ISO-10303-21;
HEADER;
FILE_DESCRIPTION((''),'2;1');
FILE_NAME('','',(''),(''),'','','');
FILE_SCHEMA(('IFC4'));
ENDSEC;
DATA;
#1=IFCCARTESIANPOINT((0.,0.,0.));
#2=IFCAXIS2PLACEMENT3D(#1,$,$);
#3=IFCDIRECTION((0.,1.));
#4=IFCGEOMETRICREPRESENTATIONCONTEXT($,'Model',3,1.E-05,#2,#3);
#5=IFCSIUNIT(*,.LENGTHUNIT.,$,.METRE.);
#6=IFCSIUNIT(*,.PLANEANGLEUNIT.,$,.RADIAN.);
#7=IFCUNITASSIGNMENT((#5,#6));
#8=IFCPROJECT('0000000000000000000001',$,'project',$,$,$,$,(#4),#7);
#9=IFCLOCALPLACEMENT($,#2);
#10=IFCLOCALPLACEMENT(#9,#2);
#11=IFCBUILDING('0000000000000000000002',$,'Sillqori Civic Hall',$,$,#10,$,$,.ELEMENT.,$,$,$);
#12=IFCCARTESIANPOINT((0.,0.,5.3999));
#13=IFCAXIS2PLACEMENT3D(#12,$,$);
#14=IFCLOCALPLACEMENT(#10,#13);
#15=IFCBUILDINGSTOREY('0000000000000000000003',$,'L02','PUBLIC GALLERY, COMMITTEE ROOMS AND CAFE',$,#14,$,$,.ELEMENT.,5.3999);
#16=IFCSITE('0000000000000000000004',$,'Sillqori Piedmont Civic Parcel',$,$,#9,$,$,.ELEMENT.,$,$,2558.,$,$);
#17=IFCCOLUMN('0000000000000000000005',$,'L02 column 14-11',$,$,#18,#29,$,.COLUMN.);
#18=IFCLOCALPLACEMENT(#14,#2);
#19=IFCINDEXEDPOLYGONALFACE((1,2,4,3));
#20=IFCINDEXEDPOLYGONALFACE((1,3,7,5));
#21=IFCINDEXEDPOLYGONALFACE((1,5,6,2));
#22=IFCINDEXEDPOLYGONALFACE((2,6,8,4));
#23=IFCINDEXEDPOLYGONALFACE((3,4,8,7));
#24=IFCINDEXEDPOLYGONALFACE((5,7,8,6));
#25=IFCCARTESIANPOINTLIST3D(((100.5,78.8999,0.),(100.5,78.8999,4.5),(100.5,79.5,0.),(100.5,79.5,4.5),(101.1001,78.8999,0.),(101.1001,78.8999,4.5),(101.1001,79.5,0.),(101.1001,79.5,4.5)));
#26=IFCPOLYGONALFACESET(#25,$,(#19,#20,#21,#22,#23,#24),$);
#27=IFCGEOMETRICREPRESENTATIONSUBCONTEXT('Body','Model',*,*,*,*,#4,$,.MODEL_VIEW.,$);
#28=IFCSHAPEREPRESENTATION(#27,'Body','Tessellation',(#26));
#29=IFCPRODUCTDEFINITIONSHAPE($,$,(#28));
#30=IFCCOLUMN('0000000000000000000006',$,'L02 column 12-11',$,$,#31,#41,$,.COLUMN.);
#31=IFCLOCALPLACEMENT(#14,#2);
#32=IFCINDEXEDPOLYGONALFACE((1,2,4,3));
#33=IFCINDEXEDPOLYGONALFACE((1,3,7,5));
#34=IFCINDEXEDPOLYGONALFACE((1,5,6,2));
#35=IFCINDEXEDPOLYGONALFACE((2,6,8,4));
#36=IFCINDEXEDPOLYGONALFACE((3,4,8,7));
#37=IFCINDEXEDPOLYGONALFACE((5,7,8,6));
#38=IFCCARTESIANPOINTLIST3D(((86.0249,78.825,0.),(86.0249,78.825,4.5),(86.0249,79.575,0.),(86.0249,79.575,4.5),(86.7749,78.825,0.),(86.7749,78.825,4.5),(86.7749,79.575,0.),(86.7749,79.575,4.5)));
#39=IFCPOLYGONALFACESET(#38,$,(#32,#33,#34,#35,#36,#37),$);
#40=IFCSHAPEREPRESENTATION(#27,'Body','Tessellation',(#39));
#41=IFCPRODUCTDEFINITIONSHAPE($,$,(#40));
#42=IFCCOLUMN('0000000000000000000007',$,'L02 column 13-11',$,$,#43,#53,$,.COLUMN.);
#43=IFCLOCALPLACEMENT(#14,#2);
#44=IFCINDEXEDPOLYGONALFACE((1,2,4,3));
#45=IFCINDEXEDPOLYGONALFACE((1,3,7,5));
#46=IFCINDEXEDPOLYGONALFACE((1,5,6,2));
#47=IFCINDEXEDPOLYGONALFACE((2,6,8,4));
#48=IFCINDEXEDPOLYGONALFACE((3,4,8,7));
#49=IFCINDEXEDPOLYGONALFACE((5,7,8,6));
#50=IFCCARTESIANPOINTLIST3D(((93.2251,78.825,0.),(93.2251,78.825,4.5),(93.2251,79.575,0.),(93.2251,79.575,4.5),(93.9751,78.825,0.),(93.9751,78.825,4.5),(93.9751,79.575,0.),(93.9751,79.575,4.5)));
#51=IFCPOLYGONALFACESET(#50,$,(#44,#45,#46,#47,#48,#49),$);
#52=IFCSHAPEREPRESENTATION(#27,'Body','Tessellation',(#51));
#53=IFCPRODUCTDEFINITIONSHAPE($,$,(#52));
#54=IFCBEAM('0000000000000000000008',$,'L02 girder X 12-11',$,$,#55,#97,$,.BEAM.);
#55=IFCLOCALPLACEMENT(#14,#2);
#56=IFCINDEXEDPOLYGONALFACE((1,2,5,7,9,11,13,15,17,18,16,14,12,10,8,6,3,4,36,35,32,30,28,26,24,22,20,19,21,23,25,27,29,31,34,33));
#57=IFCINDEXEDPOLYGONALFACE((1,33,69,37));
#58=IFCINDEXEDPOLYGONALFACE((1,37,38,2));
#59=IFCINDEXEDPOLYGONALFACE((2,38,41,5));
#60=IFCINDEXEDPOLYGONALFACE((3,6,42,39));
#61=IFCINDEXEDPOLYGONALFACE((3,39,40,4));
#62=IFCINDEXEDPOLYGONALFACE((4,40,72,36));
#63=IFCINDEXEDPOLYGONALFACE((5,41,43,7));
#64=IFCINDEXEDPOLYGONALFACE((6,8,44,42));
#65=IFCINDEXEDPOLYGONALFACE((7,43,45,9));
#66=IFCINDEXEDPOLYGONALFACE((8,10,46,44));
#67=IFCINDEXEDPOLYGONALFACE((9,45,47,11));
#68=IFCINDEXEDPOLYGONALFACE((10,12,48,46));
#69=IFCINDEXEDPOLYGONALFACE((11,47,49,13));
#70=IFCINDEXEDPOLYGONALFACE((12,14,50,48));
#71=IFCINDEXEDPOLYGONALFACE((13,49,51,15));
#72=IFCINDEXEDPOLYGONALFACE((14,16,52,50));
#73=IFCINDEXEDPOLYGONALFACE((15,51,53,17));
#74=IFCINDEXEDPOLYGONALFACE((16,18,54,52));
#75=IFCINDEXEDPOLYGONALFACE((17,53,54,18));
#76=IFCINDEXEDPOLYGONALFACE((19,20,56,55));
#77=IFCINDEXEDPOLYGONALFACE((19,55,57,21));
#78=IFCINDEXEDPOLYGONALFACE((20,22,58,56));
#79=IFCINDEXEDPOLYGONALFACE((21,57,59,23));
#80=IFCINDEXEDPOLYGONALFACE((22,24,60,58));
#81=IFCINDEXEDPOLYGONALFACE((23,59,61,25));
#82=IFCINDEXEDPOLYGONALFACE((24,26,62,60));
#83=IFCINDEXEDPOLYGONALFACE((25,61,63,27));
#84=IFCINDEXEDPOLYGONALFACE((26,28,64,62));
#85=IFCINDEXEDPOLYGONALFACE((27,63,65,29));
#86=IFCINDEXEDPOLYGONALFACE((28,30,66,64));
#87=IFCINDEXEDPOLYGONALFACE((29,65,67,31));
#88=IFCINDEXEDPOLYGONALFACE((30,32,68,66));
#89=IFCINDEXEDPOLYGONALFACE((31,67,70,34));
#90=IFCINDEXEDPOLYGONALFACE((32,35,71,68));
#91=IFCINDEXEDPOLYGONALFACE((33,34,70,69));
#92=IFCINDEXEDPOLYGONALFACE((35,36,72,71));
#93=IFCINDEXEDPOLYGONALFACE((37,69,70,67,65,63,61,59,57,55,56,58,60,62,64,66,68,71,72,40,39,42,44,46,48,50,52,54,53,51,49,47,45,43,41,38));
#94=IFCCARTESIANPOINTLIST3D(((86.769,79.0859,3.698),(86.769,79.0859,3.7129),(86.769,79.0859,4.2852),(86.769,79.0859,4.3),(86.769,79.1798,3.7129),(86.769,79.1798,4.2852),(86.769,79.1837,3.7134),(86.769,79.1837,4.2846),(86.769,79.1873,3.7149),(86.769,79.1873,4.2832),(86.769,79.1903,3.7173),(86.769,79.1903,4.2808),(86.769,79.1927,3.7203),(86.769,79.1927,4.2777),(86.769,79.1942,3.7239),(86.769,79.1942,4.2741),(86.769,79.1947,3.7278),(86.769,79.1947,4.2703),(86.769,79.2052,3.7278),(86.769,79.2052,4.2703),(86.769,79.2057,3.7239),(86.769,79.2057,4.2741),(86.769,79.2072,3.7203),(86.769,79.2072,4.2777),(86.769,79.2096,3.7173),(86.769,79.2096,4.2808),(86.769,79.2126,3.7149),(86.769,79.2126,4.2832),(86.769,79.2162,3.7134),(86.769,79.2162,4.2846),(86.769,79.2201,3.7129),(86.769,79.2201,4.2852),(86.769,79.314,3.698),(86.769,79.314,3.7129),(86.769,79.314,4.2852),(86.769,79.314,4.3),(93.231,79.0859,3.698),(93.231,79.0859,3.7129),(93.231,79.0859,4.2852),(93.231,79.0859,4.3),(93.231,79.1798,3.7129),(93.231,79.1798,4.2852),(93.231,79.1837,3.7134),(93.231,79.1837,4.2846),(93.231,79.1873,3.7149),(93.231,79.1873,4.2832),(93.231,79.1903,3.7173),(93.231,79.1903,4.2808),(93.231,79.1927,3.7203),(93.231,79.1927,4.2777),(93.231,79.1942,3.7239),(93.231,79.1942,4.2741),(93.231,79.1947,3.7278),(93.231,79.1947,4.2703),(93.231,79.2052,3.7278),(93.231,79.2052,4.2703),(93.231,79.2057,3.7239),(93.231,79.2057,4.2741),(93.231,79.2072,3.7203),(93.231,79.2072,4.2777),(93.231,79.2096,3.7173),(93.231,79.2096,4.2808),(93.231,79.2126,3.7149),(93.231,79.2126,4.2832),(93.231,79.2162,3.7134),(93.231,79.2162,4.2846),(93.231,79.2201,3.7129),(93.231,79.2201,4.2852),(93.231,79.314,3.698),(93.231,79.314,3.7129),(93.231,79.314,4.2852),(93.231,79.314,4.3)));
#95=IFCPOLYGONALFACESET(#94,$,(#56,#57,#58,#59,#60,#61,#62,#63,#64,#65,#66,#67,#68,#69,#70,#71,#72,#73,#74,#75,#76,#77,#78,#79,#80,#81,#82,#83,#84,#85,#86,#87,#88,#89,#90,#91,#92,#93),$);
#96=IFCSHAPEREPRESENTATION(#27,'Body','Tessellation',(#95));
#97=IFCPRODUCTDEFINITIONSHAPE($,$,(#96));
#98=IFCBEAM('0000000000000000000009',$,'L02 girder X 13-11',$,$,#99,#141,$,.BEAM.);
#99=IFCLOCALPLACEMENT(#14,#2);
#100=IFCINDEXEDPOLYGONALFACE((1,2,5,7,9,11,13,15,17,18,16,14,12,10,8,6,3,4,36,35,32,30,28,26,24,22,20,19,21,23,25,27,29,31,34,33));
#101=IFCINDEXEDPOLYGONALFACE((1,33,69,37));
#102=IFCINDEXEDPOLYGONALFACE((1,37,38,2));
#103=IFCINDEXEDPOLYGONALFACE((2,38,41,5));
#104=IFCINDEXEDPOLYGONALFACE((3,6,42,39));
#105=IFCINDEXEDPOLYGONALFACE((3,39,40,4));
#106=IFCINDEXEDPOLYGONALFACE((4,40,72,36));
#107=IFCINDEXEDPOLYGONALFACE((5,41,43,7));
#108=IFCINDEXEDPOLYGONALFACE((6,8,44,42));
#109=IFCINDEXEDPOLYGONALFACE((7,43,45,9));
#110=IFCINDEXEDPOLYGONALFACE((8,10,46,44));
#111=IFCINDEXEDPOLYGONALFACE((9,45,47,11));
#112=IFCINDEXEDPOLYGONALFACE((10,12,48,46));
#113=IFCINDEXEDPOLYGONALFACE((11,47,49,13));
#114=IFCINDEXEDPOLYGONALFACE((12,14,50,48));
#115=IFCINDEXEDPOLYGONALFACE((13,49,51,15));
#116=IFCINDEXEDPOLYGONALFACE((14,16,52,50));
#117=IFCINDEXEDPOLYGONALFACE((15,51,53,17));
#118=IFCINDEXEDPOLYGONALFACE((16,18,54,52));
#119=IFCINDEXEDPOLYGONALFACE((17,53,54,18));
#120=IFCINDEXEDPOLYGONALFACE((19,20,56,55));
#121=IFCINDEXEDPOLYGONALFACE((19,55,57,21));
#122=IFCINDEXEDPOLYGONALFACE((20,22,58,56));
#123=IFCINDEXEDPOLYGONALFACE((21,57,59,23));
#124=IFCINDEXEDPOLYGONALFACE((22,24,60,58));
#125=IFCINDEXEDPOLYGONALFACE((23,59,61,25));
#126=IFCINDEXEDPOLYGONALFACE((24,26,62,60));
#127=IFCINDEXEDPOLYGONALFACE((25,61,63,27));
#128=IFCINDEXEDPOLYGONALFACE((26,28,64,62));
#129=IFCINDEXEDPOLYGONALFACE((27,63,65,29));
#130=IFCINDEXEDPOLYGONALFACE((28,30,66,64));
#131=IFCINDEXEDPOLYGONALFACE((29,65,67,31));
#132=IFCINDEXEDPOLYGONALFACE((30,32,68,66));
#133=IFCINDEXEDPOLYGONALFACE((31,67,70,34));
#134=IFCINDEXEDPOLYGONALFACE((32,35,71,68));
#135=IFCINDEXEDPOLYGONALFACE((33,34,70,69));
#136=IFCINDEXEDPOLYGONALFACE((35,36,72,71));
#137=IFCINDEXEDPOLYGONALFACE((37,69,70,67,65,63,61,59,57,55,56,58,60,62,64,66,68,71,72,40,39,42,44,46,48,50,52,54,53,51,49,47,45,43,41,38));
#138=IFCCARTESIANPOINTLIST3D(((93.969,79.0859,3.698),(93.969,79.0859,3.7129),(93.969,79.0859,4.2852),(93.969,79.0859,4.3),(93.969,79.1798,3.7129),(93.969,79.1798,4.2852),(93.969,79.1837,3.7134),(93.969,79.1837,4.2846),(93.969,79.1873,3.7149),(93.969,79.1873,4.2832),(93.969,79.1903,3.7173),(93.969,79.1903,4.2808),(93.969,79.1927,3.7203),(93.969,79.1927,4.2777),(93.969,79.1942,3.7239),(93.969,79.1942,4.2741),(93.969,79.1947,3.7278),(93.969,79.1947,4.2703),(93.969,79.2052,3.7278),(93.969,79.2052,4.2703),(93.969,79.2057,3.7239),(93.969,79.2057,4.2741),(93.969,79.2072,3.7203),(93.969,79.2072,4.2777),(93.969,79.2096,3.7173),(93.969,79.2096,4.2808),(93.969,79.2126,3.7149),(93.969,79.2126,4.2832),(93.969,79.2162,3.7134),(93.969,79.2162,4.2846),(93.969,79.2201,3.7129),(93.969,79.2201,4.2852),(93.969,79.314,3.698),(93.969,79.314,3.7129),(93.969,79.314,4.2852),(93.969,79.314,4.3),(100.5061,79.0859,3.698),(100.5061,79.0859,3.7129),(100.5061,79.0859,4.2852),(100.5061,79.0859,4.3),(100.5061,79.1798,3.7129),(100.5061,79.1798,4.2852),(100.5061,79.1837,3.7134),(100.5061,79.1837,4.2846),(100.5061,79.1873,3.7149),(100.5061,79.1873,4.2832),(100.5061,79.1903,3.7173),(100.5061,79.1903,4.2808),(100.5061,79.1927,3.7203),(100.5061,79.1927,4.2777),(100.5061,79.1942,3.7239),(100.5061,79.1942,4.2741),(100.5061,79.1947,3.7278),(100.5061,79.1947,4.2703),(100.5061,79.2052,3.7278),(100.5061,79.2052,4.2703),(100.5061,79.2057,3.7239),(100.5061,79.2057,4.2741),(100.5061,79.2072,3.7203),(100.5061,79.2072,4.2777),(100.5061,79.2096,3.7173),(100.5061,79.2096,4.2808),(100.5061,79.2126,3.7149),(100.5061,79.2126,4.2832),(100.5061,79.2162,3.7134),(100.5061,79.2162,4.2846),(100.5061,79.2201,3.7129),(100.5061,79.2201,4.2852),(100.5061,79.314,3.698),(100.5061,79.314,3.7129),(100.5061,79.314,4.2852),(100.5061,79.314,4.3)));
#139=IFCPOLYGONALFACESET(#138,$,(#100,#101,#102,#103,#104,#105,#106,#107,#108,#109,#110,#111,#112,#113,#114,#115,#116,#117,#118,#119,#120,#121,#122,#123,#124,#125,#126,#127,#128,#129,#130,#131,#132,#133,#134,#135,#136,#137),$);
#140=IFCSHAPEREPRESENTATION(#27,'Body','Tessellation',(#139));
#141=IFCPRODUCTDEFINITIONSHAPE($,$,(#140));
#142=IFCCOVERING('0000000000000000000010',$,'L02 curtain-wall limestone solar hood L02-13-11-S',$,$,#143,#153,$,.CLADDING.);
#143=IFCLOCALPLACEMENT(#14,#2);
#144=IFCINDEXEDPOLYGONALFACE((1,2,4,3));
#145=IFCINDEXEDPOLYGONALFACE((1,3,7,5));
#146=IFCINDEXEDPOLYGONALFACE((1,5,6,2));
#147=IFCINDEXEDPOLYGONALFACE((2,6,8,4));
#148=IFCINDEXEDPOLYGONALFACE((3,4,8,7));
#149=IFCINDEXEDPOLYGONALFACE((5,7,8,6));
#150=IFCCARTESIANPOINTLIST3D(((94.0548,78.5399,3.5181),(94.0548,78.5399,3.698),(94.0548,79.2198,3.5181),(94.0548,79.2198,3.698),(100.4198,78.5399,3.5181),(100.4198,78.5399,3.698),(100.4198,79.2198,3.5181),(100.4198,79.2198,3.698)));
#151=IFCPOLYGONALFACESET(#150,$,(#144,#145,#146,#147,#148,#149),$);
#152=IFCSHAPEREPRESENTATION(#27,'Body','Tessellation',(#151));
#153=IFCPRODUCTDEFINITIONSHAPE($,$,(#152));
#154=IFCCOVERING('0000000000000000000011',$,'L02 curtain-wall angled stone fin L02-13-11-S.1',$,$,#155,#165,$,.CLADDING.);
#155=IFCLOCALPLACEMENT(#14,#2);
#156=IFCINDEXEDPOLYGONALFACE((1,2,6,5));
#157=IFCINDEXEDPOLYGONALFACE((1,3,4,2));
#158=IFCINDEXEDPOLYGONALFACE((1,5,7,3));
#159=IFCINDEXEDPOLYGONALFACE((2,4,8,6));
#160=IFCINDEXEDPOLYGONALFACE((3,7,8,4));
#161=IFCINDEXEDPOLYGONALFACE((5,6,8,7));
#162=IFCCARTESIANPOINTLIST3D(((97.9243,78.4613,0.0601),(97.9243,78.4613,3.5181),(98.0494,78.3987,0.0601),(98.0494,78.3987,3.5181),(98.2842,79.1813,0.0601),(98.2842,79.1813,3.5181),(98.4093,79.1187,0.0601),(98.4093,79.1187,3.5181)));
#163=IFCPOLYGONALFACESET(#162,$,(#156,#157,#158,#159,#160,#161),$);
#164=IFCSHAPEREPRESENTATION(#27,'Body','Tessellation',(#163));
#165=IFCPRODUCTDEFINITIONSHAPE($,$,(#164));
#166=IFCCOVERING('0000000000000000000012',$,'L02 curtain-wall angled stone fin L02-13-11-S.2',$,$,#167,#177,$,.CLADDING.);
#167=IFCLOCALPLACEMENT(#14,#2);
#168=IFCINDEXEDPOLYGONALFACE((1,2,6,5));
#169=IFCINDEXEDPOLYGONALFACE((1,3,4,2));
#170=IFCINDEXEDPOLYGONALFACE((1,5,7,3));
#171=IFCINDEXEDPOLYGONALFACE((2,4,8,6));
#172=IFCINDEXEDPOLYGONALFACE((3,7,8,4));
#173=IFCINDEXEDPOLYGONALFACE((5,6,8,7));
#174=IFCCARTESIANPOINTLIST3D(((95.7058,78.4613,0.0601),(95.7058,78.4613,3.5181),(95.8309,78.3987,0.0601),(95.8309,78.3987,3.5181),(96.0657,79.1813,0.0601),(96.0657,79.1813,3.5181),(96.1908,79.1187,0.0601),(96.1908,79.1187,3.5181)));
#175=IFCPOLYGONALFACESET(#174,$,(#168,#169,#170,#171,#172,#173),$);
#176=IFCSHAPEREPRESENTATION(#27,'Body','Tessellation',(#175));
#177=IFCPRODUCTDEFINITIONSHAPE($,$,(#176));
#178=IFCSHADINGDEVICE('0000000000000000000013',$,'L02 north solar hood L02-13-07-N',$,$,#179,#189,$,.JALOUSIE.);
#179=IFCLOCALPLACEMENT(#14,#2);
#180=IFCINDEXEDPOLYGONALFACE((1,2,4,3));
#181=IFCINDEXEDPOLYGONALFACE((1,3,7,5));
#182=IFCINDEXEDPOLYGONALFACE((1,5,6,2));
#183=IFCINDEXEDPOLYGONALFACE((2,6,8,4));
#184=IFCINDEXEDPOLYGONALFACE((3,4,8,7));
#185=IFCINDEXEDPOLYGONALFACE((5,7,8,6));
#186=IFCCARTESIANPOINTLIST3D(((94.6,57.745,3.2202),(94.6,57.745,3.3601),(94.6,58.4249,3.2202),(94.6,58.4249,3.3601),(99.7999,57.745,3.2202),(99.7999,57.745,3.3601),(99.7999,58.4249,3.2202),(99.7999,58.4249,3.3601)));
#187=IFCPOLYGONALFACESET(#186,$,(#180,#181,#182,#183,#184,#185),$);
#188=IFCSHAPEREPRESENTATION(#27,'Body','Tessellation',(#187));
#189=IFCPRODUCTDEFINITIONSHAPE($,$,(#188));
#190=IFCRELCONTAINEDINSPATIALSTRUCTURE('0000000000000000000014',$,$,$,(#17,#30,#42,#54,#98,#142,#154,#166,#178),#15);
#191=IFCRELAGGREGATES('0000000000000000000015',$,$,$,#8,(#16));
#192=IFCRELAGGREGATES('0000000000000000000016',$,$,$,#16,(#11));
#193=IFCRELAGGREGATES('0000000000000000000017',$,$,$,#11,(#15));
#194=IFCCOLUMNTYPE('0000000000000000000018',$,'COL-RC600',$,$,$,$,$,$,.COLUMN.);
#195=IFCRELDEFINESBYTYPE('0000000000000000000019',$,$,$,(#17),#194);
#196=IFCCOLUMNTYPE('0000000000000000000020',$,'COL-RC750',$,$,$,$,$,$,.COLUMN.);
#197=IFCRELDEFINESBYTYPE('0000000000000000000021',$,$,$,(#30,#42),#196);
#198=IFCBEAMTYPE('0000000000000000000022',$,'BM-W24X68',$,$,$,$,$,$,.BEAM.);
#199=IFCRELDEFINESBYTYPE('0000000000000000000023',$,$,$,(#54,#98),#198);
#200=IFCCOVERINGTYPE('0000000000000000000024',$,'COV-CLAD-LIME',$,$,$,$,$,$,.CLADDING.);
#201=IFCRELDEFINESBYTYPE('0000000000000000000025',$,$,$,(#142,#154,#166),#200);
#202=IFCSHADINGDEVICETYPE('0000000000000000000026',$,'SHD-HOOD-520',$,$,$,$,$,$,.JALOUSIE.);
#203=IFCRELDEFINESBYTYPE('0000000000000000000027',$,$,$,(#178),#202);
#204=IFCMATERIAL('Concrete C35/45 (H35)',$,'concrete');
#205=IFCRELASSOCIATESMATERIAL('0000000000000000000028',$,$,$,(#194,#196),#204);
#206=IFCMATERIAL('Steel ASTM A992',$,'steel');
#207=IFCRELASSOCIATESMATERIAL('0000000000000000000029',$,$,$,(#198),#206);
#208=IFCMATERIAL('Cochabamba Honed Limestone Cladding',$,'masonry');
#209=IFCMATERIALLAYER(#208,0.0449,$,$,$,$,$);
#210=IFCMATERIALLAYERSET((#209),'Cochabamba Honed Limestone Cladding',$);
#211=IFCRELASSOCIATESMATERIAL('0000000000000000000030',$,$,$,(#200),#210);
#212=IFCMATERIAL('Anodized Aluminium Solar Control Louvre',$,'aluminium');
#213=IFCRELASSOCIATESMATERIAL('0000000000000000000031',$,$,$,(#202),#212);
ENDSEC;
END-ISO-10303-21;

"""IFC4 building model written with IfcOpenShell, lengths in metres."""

from ifc_helpers import new_model, si_unit, direction, frame, frame_2d, origin, origin_2d, place, context, subcontext, project, spatial, rectangle, i_section, extrude, material, layer, layer_set, material_profile, profile_set, type_object, element, save


model = new_model("IFC4")

# Units and contexts
model_context = context("Model", 3, precision=1e-05, world=origin(), true_north=direction((0.0, 1.0)))
body_context = subcontext(model_context, "Body", "Model", "MODEL_VIEW")
ifc_project = project(units=[si_unit("LENGTHUNIT", "METRE"), si_unit("PLANEANGLEUNIT", "RADIAN")], contexts=[model_context])

# Site, building, storey
site_placement = place(None, origin())
site = spatial("IfcSite", under=ifc_project, at=site_placement, Name="Sillqori Piedmont Civic Parcel", CompositionType="ELEMENT", RefElevation=2558.0)
building_placement = place(site_placement, origin())
building = spatial("IfcBuilding", under=site, at=building_placement, Name="Sillqori Civic Hall", CompositionType="ELEMENT")
storey_placement = place(building_placement, frame((0.0, 0.0, 5.3999)))
storey = spatial("IfcBuildingStorey", under=building, at=storey_placement, Name="L02", Description="PUBLIC GALLERY, COMMITTEE ROOMS AND CAFE", CompositionType="ELEMENT", Elevation=5.3999)

# Columns
ifc_material_1 = material(Name="Concrete C35/45 (H35)", Category="concrete")
ifc_material_profile_1 = material_profile(ifc_material_1, rectangle(XDim=0.6001, YDim=0.6001, at=origin_2d()), Name="RC 600x600")
ifc_profile_set_1 = profile_set([ifc_material_profile_1], Name="Concrete C35/45 (H35)")
column_type_1 = type_object("IfcColumnType", Name="COL-RC600", PredefinedType="COLUMN", material=ifc_profile_set_1)
column_placement = place(storey_placement, frame((100.8, 79.2, 0.0), z_axis=(0.0, 0.0, 1.0), x_axis=(1.0, 0.0, 0.0)))
element("IfcColumn", 1, at=column_placement, inside=storey, type_object=column_type_1, Name="L02 column 14-11", PredefinedType="COLUMN", context=body_context, shape_type="SweptSolid", body=[
    extrude(rectangle(XDim=0.6001, YDim=0.6001, at=origin_2d()), origin(), (0.0, 0.0, 1.0), 4.5),
])
ifc_material_profile_2 = material_profile(ifc_material_1, rectangle(XDim=0.75, YDim=0.75, at=origin_2d()), Name="RC 750x750")
ifc_profile_set_2 = profile_set([ifc_material_profile_2], Name="Concrete C35/45 (H35)")
column_type_2 = type_object("IfcColumnType", Name="COL-RC750", PredefinedType="COLUMN", material=ifc_profile_set_2)
for number, where, z_axis, x_axis, name in (
    (2, (86.3999, 79.2, 0.0), (0.0, 0.0, 1.0), (1.0, 0.0, 0.0), "L02 column 12-11"),
    (3, (93.6001, 79.2, 0.0), (0.0, 0.0, 1.0), (1.0, 0.0, 0.0), "L02 column 13-11"),
):
    element("IfcColumn", number, at=place(storey_placement, frame(where, z_axis=z_axis, x_axis=x_axis)), inside=storey, type_object=column_type_2, Name=name, PredefinedType="COLUMN", context=body_context, shape_type="SweptSolid", body=[
        extrude(rectangle(XDim=0.75, YDim=0.75, at=origin_2d()), origin(), (0.0, 0.0, 1.0), 4.5),
    ])

# Beams
ifc_material_2 = material(Name="Steel ASTM A992", Category="steel")
ifc_material_profile_3 = material_profile(ifc_material_2, i_section(OverallWidth=0.228, OverallDepth=0.6021, WebThickness=0.0105, FlangeThickness=0.0149, FilletRadius=0.0149, at=origin_2d()), Name="W24X68")
ifc_profile_set_3 = profile_set([ifc_material_profile_3], Name="Steel ASTM A992")
beam_type = type_object("IfcBeamType", Name="BM-W24X68", PredefinedType="BEAM", material=ifc_profile_set_3)
beam_1_placement = place(storey_placement, frame((86.769, 79.2, 3.999), z_axis=(1.0, 0.0, 0.0), x_axis=(0.0, 1.0, 0.0)))
element("IfcBeam", 4, at=beam_1_placement, inside=storey, type_object=beam_type, Name="L02 girder X 12-11", PredefinedType="BEAM", context=body_context, shape_type="SweptSolid", body=[
    extrude(i_section(OverallWidth=0.228, OverallDepth=0.6021, WebThickness=0.0105, FlangeThickness=0.0149, FilletRadius=0.0149, at=origin_2d()), origin(), (0.0, 0.0, 1.0), 6.4619),
])
beam_2_placement = place(storey_placement, frame((93.969, 79.2, 3.999), z_axis=(1.0, 0.0, 0.0), x_axis=(0.0, 1.0, 0.0)))
element("IfcBeam", 5, at=beam_2_placement, inside=storey, type_object=beam_type, Name="L02 girder X 13-11", PredefinedType="BEAM", context=body_context, shape_type="SweptSolid", body=[
    extrude(i_section(OverallWidth=0.228, OverallDepth=0.6021, WebThickness=0.0105, FlangeThickness=0.0149, FilletRadius=0.0149, at=origin_2d()), origin(), (0.0, 0.0, 1.0), 6.5371),
])

# Coverings
ifc_material_3 = material(Name="Cochabamba Honed Limestone Cladding", Category="masonry")
ifc_layer_1 = layer(ifc_material_3, 0.0449)
ifc_layer_set_1 = layer_set([ifc_layer_1], Name="Cochabamba Honed Limestone Cladding")
covering_type = type_object("IfcCoveringType", Name="COV-CLAD-LIME", PredefinedType="CLADDING", material=ifc_layer_set_1)
covering_placement = place(storey_placement, frame((100.4199, 78.8799, 3.5181), z_axis=(0.0, 0.0, 1.0), x_axis=(-1.0, 0.0, 0.0)))
element("IfcCovering", 6, at=covering_placement, inside=storey, type_object=covering_type, Name="L02 curtain-wall limestone solar hood L02-13-11-S", PredefinedType="CLADDING", context=body_context, shape_type="SweptSolid", body=[
    extrude(rectangle(XDim=6.365, YDim=0.6799, at=frame_2d((3.1826, 0.0))), origin(), (0.0, 0.0, 1.0), 0.1799),
])
for number, where, z_axis, x_axis, name in (
    (7, (98.3467, 79.1499, 0.0601), (0.0, 0.0, 1.0), (-0.447092, -0.894488, 0.0), "L02 curtain-wall angled stone fin L02-13-11-S.1"),
    (8, (96.1282, 79.1499, 0.0601), (0.0, 0.0, 1.0), (-0.447092, -0.894488, 0.0), "L02 curtain-wall angled stone fin L02-13-11-S.2"),
):
    element("IfcCovering", number, at=place(storey_placement, frame(where, z_axis=z_axis, x_axis=x_axis)), inside=storey, type_object=covering_type, Name=name, PredefinedType="CLADDING", context=body_context, shape_type="SweptSolid", body=[
        extrude(rectangle(XDim=0.8049, YDim=0.1399, at=frame_2d((0.4023, 0.0))), origin(), (0.0, 0.0, 1.0), 3.458),
    ])

# Shading device
ifc_material_4 = material(Name="Anodized Aluminium Solar Control Louvre", Category="aluminium")
shading_device_type_1 = type_object("IfcShadingDeviceType", Name="SHD-HOOD-520", PredefinedType="JALOUSIE", material=ifc_material_4)
shading_device_1_placement = place(storey_placement, frame((97.2, 58.085, 3.2202), z_axis=(0.0, 0.0, 1.0), x_axis=(1.0, 0.0, 0.0)))
element("IfcShadingDevice", 9, at=shading_device_1_placement, inside=storey, type_object=shading_device_type_1, Name="L02 north solar hood L02-13-07-N", PredefinedType="JALOUSIE", context=body_context, shape_type="SweptSolid", body=[
    extrude(rectangle(XDim=5.2, YDim=0.6799, at=origin_2d()), origin(), (0.0, 0.0, 1.0), 0.1399),
])

save(model, "model.ifc")
